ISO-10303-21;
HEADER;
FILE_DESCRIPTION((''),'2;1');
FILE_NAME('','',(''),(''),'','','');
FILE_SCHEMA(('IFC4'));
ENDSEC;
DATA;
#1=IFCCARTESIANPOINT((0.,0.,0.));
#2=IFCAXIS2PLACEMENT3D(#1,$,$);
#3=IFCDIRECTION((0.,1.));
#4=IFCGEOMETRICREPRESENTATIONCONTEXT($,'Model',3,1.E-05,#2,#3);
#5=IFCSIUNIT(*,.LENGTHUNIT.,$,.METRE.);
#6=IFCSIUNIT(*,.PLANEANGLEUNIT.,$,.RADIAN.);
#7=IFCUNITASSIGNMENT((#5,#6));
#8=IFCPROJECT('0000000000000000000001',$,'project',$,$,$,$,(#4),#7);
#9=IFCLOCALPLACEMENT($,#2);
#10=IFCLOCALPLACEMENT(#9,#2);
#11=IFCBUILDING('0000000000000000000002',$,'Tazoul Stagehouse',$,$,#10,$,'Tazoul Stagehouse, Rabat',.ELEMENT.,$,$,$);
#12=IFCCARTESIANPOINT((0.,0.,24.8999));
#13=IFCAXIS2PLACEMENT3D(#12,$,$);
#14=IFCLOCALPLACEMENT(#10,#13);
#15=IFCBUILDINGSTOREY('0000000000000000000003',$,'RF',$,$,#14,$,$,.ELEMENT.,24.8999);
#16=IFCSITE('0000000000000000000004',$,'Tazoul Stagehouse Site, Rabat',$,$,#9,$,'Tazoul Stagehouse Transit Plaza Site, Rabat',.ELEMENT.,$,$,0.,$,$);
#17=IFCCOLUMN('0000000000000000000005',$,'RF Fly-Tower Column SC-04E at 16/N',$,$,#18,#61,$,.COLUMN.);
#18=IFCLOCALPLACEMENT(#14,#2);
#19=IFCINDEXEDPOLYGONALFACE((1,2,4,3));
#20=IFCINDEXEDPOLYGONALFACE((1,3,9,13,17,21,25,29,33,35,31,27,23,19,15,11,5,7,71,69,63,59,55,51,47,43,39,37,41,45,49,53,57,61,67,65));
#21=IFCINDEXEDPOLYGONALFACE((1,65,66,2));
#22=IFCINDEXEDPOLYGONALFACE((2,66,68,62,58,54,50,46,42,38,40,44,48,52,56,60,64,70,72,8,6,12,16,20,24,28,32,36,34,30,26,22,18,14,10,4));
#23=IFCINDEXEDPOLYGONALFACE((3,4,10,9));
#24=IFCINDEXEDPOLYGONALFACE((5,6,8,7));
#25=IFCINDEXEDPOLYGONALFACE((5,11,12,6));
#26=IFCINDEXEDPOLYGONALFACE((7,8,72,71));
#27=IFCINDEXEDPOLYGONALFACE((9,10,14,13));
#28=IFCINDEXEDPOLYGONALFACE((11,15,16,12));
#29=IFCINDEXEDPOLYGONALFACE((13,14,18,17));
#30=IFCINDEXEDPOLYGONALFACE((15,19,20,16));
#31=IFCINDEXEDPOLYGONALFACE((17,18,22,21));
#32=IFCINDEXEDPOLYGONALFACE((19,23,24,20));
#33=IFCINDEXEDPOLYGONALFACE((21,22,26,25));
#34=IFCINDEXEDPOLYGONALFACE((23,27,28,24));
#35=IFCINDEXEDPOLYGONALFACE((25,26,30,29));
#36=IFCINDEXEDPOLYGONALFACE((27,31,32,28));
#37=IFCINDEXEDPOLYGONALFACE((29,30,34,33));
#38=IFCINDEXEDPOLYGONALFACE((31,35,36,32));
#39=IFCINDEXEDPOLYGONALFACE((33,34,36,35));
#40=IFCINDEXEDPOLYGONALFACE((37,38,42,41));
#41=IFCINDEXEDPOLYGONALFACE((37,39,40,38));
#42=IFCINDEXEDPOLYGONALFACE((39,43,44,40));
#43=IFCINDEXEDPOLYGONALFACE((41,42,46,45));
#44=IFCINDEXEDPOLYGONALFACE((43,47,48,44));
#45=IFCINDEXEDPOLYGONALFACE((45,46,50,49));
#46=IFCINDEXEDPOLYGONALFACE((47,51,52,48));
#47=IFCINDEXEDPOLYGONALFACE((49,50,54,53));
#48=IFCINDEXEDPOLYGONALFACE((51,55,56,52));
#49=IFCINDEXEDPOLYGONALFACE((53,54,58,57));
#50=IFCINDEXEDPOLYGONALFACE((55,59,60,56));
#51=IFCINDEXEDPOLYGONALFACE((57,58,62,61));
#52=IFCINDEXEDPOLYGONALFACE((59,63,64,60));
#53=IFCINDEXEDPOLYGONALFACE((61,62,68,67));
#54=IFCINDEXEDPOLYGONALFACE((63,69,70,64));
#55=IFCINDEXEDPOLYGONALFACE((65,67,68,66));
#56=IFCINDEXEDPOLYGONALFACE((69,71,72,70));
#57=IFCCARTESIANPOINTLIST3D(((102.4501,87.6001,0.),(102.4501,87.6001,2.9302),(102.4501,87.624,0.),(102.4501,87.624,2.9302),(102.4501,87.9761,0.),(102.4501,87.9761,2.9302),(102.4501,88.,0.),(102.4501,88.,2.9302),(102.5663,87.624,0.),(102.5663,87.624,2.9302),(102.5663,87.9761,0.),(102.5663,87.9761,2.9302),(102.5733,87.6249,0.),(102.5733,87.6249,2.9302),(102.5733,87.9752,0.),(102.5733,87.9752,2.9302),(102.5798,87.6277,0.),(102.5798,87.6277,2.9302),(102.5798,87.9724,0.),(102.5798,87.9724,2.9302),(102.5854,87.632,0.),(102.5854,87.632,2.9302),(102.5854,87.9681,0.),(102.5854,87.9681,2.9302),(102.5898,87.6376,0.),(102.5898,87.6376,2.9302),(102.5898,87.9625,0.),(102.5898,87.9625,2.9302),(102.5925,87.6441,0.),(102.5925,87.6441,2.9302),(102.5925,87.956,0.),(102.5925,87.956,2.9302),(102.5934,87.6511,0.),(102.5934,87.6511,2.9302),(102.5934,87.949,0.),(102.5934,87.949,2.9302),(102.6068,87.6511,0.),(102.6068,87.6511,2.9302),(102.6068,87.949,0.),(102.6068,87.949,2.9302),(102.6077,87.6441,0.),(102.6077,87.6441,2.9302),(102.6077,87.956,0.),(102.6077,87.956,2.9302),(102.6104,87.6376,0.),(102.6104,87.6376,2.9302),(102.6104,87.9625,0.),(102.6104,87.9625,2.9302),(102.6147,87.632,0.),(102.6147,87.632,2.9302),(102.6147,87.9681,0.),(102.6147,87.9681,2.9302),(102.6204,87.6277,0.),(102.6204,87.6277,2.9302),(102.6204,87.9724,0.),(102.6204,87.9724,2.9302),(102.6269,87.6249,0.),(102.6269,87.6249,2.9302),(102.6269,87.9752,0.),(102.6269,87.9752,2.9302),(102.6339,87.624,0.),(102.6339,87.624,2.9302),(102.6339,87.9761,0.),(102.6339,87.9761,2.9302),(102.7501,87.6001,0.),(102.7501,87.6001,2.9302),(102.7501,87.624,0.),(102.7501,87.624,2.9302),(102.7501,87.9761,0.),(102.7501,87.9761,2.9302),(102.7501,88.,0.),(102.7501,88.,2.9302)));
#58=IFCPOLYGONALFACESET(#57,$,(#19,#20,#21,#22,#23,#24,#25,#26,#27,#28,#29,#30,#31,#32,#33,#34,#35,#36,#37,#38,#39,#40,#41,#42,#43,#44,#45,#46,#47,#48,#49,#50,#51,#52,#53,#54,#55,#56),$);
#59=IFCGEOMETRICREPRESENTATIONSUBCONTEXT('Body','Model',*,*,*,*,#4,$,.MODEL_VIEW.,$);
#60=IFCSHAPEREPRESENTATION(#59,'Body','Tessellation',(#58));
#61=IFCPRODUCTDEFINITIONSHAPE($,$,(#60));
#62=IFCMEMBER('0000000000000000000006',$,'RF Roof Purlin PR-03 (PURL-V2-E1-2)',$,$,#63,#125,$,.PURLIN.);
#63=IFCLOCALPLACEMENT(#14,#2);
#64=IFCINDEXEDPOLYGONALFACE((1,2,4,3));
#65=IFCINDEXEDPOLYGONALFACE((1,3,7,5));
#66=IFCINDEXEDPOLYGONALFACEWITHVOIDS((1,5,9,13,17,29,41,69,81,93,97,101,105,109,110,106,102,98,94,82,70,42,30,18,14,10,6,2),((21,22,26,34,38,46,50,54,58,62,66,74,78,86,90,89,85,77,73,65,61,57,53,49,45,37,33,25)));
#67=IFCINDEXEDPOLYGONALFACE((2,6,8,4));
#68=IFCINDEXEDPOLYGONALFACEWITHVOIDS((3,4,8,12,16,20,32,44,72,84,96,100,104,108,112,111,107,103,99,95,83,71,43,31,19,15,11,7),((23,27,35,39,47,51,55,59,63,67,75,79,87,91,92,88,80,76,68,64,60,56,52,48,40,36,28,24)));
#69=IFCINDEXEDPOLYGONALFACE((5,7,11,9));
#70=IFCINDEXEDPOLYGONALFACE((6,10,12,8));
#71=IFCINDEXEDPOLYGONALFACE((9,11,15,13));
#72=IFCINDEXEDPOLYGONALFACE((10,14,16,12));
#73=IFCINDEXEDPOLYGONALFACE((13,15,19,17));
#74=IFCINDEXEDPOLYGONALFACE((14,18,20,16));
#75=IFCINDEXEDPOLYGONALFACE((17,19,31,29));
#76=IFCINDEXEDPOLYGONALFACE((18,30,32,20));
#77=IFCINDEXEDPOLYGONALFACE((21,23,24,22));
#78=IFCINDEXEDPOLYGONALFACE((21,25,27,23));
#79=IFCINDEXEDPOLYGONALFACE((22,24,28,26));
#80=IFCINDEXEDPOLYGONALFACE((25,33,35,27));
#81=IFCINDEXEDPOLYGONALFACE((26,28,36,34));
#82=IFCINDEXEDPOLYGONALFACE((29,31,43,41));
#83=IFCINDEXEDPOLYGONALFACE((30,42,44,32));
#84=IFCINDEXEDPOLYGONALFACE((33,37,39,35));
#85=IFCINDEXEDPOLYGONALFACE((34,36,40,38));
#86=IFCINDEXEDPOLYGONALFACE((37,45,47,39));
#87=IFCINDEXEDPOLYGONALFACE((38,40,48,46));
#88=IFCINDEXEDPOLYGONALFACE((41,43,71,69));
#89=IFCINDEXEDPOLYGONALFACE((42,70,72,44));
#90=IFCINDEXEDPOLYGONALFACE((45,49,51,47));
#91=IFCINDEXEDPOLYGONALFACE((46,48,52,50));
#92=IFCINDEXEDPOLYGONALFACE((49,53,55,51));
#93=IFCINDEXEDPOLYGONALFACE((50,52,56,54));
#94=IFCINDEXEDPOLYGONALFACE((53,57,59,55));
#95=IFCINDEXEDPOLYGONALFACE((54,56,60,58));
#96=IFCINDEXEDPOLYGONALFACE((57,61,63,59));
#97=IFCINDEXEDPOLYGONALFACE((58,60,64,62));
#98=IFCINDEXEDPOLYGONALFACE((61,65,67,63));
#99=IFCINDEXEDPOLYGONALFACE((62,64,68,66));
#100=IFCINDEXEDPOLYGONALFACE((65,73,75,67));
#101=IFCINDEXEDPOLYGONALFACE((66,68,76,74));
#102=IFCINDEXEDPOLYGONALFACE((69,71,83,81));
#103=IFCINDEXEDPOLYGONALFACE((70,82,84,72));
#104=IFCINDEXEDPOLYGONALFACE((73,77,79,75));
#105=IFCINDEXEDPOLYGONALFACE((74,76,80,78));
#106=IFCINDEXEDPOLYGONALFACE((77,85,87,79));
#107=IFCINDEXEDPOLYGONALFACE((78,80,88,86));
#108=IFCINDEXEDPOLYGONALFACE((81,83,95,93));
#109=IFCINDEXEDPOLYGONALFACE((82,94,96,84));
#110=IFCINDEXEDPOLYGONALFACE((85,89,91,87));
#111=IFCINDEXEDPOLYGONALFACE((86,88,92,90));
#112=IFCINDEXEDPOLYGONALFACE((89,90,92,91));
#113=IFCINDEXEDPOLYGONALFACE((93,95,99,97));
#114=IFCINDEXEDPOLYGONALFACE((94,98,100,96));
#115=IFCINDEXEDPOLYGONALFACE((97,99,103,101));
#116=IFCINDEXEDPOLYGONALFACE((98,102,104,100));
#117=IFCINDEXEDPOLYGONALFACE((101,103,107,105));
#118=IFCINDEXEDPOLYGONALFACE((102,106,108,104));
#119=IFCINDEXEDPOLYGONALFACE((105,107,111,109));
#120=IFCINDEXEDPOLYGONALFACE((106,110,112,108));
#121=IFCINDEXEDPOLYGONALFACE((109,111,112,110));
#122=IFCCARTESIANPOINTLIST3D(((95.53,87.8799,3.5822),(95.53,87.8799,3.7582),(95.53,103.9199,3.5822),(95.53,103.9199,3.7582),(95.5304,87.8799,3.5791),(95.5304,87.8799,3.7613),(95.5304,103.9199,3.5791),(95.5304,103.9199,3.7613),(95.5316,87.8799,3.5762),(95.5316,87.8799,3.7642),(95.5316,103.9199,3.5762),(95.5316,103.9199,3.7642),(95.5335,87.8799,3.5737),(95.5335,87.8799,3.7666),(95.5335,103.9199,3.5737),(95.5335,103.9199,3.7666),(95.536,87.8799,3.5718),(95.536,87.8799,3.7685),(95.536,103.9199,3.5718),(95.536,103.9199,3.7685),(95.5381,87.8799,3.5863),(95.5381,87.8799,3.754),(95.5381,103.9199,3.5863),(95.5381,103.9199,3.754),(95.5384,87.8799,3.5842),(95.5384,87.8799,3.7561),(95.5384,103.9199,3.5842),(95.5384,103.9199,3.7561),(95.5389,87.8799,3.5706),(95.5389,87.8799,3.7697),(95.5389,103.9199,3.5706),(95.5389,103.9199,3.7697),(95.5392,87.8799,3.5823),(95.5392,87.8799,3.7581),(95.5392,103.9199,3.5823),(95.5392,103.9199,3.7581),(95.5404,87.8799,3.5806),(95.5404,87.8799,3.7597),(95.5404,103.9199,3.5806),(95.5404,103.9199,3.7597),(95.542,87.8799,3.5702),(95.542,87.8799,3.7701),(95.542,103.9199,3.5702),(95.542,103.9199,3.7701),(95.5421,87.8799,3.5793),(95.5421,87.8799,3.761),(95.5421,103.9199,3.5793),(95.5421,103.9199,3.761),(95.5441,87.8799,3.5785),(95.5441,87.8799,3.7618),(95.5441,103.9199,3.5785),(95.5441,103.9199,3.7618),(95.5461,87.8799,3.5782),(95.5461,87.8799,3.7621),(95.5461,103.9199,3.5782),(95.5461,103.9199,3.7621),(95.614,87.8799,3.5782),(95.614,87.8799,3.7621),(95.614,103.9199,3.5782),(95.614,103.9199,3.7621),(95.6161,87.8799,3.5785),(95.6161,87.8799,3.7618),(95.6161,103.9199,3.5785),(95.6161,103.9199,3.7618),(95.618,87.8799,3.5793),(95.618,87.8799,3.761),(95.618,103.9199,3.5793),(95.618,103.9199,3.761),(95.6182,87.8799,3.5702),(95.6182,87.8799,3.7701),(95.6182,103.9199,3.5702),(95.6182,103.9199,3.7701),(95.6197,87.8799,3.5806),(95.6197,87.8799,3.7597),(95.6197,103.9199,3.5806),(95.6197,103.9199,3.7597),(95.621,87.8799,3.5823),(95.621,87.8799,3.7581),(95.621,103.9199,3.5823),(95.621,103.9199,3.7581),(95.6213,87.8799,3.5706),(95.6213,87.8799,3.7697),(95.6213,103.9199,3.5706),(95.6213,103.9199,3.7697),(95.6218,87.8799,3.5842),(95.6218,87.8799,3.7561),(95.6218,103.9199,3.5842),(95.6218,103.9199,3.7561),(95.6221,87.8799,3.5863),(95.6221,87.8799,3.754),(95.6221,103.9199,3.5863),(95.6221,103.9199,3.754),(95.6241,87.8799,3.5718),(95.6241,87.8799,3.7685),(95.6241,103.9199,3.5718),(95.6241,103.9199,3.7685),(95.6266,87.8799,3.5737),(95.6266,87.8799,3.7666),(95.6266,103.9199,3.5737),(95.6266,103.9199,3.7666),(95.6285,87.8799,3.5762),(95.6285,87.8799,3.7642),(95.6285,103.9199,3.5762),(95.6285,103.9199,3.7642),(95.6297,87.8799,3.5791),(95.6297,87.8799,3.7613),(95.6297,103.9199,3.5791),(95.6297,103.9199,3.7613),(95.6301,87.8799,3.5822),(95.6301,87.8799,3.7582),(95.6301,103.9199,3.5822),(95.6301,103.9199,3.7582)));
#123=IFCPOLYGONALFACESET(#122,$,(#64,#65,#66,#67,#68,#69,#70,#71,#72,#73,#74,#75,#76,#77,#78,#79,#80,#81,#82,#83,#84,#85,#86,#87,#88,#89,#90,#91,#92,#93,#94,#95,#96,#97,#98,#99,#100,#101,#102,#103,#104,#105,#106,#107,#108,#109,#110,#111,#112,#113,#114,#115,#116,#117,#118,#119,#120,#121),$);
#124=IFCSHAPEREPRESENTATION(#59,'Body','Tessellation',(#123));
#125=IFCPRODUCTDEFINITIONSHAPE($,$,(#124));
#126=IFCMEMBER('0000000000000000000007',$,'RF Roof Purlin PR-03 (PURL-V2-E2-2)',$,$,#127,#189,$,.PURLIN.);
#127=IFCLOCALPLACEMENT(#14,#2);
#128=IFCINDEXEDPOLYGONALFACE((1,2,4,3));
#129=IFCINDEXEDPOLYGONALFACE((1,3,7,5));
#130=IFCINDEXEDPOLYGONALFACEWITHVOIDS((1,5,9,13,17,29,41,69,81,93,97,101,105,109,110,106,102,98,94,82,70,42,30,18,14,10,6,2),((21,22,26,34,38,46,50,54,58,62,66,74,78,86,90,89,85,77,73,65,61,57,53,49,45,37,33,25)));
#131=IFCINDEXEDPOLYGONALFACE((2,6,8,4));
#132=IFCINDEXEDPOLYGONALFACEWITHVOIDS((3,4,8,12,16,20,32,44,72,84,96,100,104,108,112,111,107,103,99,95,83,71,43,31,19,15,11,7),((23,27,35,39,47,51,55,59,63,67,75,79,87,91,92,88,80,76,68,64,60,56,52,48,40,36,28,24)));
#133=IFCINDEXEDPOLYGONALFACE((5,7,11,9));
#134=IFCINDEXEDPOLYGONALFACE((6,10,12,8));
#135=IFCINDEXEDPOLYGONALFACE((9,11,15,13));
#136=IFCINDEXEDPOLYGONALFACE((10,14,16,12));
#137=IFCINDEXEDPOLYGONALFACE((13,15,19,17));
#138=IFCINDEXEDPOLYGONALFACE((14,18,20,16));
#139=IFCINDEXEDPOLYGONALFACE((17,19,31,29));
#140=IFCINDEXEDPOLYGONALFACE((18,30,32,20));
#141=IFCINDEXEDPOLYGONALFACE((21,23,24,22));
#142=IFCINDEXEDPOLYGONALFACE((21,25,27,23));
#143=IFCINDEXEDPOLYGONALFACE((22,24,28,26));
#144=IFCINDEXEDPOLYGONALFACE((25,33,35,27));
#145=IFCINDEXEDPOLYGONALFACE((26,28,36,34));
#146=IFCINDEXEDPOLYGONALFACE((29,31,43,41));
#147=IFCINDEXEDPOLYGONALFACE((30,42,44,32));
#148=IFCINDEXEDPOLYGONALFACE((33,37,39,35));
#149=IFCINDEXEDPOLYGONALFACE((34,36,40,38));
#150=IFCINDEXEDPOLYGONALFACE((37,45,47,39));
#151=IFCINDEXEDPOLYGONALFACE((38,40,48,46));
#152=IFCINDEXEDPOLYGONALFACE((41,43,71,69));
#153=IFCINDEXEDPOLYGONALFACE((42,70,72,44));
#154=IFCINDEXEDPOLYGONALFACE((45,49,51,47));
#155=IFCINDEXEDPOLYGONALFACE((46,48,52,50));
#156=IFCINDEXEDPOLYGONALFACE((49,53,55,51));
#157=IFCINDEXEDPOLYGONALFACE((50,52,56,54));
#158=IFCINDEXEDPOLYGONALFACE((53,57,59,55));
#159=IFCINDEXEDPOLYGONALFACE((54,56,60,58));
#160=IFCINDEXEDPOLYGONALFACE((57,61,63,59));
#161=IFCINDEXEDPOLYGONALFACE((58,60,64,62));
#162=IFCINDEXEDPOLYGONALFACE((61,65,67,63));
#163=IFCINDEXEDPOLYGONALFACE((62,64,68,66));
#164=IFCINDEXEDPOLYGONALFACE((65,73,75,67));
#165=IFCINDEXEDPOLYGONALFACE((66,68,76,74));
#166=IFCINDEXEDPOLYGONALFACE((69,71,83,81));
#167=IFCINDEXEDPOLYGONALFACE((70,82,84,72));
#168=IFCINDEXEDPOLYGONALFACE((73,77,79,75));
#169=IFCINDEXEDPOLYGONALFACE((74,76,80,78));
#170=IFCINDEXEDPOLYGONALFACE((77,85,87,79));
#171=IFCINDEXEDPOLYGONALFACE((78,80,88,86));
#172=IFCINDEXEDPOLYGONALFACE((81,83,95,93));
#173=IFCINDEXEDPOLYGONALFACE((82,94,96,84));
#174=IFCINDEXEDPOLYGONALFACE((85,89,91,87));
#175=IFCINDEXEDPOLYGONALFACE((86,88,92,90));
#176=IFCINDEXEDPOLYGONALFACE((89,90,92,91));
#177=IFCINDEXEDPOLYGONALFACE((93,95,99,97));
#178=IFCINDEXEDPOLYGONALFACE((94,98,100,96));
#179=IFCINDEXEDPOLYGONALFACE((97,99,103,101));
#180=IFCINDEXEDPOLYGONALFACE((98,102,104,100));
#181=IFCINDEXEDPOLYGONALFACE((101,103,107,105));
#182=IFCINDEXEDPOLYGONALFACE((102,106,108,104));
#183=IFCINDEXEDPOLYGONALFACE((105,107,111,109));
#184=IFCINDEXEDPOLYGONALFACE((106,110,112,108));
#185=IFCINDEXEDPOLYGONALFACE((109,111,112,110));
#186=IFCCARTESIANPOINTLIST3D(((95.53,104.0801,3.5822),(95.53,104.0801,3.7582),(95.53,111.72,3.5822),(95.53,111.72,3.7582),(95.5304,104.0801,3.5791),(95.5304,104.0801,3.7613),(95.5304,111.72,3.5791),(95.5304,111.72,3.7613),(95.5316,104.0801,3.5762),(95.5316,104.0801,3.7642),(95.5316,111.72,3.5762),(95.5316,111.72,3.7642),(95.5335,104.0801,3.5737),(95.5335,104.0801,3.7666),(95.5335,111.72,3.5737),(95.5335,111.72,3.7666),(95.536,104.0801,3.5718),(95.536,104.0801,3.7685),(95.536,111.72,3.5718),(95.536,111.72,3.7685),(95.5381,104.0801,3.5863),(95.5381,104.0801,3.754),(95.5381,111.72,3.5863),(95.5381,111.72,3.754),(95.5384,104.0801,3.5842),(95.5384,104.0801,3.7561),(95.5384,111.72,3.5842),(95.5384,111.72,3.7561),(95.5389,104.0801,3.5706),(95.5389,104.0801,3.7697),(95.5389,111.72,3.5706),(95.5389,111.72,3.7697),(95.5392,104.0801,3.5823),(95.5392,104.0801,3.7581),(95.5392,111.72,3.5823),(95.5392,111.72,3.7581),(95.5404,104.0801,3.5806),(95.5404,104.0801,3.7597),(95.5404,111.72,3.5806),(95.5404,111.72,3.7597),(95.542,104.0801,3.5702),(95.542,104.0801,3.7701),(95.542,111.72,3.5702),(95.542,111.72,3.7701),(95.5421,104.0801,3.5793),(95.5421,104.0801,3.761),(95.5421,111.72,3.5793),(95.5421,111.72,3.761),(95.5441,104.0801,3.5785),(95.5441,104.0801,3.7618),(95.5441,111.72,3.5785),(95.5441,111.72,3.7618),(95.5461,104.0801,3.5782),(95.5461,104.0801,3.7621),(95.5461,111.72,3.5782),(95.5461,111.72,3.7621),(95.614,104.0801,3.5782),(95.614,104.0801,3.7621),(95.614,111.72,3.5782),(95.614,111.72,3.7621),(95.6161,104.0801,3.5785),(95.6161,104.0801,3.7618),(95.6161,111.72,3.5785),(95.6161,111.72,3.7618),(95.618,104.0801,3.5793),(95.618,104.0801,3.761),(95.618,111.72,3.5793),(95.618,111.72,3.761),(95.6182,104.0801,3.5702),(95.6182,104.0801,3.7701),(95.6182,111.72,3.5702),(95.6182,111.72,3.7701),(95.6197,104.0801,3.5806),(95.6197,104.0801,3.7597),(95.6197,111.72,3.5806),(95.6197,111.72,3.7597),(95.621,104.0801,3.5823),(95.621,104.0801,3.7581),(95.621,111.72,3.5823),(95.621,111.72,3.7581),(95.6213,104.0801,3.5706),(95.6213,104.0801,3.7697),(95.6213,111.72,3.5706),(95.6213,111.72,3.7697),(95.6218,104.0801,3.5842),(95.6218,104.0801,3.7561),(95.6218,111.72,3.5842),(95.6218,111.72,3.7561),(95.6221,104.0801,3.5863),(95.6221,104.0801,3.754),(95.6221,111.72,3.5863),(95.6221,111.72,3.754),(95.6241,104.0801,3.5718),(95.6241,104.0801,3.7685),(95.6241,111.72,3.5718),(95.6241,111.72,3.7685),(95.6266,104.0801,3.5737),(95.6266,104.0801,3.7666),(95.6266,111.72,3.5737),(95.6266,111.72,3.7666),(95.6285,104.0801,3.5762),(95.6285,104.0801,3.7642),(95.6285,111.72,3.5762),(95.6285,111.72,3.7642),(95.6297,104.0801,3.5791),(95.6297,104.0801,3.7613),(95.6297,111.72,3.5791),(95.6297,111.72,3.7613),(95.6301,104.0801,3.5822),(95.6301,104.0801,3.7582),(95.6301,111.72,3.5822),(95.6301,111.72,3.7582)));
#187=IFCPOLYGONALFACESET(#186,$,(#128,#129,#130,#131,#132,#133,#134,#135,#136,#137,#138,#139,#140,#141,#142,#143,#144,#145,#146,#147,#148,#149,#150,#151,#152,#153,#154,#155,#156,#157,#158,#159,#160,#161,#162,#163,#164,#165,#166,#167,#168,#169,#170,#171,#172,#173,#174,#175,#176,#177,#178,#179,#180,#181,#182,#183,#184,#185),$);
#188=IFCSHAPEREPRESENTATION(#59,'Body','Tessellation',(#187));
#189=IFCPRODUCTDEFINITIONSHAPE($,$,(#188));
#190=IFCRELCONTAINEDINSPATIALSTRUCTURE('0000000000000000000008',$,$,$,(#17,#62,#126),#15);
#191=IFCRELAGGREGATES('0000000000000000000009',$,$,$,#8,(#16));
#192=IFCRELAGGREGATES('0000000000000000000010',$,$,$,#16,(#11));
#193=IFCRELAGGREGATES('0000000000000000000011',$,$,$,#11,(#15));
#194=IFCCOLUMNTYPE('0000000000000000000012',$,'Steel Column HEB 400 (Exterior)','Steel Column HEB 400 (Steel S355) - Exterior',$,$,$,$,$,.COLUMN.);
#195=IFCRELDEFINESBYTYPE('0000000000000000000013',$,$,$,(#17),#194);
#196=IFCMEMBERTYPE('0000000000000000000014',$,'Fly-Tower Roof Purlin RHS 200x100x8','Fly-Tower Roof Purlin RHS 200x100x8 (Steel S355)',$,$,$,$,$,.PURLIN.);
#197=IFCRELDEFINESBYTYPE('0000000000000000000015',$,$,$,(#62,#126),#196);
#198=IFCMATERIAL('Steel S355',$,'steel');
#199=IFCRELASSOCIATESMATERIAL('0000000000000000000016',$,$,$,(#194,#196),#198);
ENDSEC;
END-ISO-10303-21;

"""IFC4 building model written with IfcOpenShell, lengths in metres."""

from ifc_helpers import new_model, si_unit, direction, frame, origin, origin_2d, place, context, subcontext, project, spatial, hollow_rectangle, i_section, extrude, material, material_profile, profile_set, type_object, element, save


model = new_model("IFC4")

# Units and contexts
model_context = context("Model", 3, precision=1e-05, world=origin(), true_north=direction((0.0, 1.0)))
body_context = subcontext(model_context, "Body", "Model", "MODEL_VIEW")
ifc_project = project(units=[si_unit("LENGTHUNIT", "METRE"), si_unit("PLANEANGLEUNIT", "RADIAN")], contexts=[model_context])

# Site, building, storey
site_placement = place(None, origin())
site = spatial("IfcSite", under=ifc_project, at=site_placement, Name="Tazoul Stagehouse Site, Rabat", LongName="Tazoul Stagehouse Transit Plaza Site, Rabat", CompositionType="ELEMENT", RefElevation=0.0)
building_placement = place(site_placement, origin())
building = spatial("IfcBuilding", under=site, at=building_placement, Name="Tazoul Stagehouse", LongName="Tazoul Stagehouse, Rabat", CompositionType="ELEMENT")
storey_placement = place(building_placement, frame((0.0, 0.0, 24.8999)))
storey = spatial("IfcBuildingStorey", under=building, at=storey_placement, Name="RF", CompositionType="ELEMENT", Elevation=24.8999)

# Column
ifc_material_1 = material(Name="Steel S355", Category="steel")
ifc_material_profile_1 = material_profile(ifc_material_1, i_section(OverallWidth=0.3, OverallDepth=0.3999, WebThickness=0.0134, FlangeThickness=0.0239, FilletRadius=0.0271, at=origin_2d()), Name="HEB 400")
ifc_profile_set_1 = profile_set([ifc_material_profile_1], Name="Steel S355")
column_type = type_object("IfcColumnType", Name="Steel Column HEB 400 (Exterior)", Description="Steel Column HEB 400 (Steel S355) - Exterior", PredefinedType="COLUMN", material=ifc_profile_set_1)
column_placement = place(storey_placement, frame((102.6001, 87.8, 0.0), z_axis=(0.0, 0.0, 1.0), x_axis=(1.0, 0.0, 0.0)))
element("IfcColumn", 1, at=column_placement, inside=storey, type_object=column_type, Name="RF Fly-Tower Column SC-04E at 16/N", PredefinedType="COLUMN", context=body_context, shape_type="SweptSolid", body=[
    extrude(i_section(OverallWidth=0.3, OverallDepth=0.3999, WebThickness=0.0134, FlangeThickness=0.0239, FilletRadius=0.0271, at=origin_2d()), origin(), (0.0, 0.0, 1.0), 2.9302),
])

# Members
ifc_material_profile_2 = material_profile(ifc_material_1, hollow_rectangle(XDim=0.1001, YDim=0.2, WallThickness=0.0081, InnerFilletRadius=0.0081, OuterFilletRadius=0.012, at=origin_2d()), Name="RHS 200x100x8")
ifc_profile_set_2 = profile_set([ifc_material_profile_2], Name="Steel S355")
member_type_1 = type_object("IfcMemberType", Name="Fly-Tower Roof Purlin RHS 200x100x8", Description="Fly-Tower Roof Purlin RHS 200x100x8 (Steel S355)", PredefinedType="PURLIN", material=ifc_profile_set_2)
member_1_placement = place(storey_placement, frame((95.5801, 87.8799, 3.6702), z_axis=(0.0, 1.0, 0.0), x_axis=(-1.0, 0.0, 0.0)))
element("IfcMember", 2, at=member_1_placement, inside=storey, type_object=member_type_1, Name="RF Roof Purlin PR-03 (PURL-V2-E1-2)", PredefinedType="PURLIN", context=body_context, shape_type="SweptSolid", body=[
    extrude(hollow_rectangle(XDim=0.1001, YDim=0.2, WallThickness=0.0081, InnerFilletRadius=0.0081, OuterFilletRadius=0.012, at=origin_2d()), origin(), (0.0, 0.0, 1.0), 16.04),
])
member_2_placement = place(storey_placement, frame((95.5801, 104.0801, 3.6702), z_axis=(0.0, 1.0, 0.0), x_axis=(-1.0, 0.0, 0.0)))
element("IfcMember", 3, at=member_2_placement, inside=storey, type_object=member_type_1, Name="RF Roof Purlin PR-03 (PURL-V2-E2-2)", PredefinedType="PURLIN", context=body_context, shape_type="SweptSolid", body=[
    extrude(hollow_rectangle(XDim=0.1001, YDim=0.2, WallThickness=0.0081, InnerFilletRadius=0.0081, OuterFilletRadius=0.012, at=origin_2d()), origin(), (0.0, 0.0, 1.0), 7.6399),
])

save(model, "model.ifc")
